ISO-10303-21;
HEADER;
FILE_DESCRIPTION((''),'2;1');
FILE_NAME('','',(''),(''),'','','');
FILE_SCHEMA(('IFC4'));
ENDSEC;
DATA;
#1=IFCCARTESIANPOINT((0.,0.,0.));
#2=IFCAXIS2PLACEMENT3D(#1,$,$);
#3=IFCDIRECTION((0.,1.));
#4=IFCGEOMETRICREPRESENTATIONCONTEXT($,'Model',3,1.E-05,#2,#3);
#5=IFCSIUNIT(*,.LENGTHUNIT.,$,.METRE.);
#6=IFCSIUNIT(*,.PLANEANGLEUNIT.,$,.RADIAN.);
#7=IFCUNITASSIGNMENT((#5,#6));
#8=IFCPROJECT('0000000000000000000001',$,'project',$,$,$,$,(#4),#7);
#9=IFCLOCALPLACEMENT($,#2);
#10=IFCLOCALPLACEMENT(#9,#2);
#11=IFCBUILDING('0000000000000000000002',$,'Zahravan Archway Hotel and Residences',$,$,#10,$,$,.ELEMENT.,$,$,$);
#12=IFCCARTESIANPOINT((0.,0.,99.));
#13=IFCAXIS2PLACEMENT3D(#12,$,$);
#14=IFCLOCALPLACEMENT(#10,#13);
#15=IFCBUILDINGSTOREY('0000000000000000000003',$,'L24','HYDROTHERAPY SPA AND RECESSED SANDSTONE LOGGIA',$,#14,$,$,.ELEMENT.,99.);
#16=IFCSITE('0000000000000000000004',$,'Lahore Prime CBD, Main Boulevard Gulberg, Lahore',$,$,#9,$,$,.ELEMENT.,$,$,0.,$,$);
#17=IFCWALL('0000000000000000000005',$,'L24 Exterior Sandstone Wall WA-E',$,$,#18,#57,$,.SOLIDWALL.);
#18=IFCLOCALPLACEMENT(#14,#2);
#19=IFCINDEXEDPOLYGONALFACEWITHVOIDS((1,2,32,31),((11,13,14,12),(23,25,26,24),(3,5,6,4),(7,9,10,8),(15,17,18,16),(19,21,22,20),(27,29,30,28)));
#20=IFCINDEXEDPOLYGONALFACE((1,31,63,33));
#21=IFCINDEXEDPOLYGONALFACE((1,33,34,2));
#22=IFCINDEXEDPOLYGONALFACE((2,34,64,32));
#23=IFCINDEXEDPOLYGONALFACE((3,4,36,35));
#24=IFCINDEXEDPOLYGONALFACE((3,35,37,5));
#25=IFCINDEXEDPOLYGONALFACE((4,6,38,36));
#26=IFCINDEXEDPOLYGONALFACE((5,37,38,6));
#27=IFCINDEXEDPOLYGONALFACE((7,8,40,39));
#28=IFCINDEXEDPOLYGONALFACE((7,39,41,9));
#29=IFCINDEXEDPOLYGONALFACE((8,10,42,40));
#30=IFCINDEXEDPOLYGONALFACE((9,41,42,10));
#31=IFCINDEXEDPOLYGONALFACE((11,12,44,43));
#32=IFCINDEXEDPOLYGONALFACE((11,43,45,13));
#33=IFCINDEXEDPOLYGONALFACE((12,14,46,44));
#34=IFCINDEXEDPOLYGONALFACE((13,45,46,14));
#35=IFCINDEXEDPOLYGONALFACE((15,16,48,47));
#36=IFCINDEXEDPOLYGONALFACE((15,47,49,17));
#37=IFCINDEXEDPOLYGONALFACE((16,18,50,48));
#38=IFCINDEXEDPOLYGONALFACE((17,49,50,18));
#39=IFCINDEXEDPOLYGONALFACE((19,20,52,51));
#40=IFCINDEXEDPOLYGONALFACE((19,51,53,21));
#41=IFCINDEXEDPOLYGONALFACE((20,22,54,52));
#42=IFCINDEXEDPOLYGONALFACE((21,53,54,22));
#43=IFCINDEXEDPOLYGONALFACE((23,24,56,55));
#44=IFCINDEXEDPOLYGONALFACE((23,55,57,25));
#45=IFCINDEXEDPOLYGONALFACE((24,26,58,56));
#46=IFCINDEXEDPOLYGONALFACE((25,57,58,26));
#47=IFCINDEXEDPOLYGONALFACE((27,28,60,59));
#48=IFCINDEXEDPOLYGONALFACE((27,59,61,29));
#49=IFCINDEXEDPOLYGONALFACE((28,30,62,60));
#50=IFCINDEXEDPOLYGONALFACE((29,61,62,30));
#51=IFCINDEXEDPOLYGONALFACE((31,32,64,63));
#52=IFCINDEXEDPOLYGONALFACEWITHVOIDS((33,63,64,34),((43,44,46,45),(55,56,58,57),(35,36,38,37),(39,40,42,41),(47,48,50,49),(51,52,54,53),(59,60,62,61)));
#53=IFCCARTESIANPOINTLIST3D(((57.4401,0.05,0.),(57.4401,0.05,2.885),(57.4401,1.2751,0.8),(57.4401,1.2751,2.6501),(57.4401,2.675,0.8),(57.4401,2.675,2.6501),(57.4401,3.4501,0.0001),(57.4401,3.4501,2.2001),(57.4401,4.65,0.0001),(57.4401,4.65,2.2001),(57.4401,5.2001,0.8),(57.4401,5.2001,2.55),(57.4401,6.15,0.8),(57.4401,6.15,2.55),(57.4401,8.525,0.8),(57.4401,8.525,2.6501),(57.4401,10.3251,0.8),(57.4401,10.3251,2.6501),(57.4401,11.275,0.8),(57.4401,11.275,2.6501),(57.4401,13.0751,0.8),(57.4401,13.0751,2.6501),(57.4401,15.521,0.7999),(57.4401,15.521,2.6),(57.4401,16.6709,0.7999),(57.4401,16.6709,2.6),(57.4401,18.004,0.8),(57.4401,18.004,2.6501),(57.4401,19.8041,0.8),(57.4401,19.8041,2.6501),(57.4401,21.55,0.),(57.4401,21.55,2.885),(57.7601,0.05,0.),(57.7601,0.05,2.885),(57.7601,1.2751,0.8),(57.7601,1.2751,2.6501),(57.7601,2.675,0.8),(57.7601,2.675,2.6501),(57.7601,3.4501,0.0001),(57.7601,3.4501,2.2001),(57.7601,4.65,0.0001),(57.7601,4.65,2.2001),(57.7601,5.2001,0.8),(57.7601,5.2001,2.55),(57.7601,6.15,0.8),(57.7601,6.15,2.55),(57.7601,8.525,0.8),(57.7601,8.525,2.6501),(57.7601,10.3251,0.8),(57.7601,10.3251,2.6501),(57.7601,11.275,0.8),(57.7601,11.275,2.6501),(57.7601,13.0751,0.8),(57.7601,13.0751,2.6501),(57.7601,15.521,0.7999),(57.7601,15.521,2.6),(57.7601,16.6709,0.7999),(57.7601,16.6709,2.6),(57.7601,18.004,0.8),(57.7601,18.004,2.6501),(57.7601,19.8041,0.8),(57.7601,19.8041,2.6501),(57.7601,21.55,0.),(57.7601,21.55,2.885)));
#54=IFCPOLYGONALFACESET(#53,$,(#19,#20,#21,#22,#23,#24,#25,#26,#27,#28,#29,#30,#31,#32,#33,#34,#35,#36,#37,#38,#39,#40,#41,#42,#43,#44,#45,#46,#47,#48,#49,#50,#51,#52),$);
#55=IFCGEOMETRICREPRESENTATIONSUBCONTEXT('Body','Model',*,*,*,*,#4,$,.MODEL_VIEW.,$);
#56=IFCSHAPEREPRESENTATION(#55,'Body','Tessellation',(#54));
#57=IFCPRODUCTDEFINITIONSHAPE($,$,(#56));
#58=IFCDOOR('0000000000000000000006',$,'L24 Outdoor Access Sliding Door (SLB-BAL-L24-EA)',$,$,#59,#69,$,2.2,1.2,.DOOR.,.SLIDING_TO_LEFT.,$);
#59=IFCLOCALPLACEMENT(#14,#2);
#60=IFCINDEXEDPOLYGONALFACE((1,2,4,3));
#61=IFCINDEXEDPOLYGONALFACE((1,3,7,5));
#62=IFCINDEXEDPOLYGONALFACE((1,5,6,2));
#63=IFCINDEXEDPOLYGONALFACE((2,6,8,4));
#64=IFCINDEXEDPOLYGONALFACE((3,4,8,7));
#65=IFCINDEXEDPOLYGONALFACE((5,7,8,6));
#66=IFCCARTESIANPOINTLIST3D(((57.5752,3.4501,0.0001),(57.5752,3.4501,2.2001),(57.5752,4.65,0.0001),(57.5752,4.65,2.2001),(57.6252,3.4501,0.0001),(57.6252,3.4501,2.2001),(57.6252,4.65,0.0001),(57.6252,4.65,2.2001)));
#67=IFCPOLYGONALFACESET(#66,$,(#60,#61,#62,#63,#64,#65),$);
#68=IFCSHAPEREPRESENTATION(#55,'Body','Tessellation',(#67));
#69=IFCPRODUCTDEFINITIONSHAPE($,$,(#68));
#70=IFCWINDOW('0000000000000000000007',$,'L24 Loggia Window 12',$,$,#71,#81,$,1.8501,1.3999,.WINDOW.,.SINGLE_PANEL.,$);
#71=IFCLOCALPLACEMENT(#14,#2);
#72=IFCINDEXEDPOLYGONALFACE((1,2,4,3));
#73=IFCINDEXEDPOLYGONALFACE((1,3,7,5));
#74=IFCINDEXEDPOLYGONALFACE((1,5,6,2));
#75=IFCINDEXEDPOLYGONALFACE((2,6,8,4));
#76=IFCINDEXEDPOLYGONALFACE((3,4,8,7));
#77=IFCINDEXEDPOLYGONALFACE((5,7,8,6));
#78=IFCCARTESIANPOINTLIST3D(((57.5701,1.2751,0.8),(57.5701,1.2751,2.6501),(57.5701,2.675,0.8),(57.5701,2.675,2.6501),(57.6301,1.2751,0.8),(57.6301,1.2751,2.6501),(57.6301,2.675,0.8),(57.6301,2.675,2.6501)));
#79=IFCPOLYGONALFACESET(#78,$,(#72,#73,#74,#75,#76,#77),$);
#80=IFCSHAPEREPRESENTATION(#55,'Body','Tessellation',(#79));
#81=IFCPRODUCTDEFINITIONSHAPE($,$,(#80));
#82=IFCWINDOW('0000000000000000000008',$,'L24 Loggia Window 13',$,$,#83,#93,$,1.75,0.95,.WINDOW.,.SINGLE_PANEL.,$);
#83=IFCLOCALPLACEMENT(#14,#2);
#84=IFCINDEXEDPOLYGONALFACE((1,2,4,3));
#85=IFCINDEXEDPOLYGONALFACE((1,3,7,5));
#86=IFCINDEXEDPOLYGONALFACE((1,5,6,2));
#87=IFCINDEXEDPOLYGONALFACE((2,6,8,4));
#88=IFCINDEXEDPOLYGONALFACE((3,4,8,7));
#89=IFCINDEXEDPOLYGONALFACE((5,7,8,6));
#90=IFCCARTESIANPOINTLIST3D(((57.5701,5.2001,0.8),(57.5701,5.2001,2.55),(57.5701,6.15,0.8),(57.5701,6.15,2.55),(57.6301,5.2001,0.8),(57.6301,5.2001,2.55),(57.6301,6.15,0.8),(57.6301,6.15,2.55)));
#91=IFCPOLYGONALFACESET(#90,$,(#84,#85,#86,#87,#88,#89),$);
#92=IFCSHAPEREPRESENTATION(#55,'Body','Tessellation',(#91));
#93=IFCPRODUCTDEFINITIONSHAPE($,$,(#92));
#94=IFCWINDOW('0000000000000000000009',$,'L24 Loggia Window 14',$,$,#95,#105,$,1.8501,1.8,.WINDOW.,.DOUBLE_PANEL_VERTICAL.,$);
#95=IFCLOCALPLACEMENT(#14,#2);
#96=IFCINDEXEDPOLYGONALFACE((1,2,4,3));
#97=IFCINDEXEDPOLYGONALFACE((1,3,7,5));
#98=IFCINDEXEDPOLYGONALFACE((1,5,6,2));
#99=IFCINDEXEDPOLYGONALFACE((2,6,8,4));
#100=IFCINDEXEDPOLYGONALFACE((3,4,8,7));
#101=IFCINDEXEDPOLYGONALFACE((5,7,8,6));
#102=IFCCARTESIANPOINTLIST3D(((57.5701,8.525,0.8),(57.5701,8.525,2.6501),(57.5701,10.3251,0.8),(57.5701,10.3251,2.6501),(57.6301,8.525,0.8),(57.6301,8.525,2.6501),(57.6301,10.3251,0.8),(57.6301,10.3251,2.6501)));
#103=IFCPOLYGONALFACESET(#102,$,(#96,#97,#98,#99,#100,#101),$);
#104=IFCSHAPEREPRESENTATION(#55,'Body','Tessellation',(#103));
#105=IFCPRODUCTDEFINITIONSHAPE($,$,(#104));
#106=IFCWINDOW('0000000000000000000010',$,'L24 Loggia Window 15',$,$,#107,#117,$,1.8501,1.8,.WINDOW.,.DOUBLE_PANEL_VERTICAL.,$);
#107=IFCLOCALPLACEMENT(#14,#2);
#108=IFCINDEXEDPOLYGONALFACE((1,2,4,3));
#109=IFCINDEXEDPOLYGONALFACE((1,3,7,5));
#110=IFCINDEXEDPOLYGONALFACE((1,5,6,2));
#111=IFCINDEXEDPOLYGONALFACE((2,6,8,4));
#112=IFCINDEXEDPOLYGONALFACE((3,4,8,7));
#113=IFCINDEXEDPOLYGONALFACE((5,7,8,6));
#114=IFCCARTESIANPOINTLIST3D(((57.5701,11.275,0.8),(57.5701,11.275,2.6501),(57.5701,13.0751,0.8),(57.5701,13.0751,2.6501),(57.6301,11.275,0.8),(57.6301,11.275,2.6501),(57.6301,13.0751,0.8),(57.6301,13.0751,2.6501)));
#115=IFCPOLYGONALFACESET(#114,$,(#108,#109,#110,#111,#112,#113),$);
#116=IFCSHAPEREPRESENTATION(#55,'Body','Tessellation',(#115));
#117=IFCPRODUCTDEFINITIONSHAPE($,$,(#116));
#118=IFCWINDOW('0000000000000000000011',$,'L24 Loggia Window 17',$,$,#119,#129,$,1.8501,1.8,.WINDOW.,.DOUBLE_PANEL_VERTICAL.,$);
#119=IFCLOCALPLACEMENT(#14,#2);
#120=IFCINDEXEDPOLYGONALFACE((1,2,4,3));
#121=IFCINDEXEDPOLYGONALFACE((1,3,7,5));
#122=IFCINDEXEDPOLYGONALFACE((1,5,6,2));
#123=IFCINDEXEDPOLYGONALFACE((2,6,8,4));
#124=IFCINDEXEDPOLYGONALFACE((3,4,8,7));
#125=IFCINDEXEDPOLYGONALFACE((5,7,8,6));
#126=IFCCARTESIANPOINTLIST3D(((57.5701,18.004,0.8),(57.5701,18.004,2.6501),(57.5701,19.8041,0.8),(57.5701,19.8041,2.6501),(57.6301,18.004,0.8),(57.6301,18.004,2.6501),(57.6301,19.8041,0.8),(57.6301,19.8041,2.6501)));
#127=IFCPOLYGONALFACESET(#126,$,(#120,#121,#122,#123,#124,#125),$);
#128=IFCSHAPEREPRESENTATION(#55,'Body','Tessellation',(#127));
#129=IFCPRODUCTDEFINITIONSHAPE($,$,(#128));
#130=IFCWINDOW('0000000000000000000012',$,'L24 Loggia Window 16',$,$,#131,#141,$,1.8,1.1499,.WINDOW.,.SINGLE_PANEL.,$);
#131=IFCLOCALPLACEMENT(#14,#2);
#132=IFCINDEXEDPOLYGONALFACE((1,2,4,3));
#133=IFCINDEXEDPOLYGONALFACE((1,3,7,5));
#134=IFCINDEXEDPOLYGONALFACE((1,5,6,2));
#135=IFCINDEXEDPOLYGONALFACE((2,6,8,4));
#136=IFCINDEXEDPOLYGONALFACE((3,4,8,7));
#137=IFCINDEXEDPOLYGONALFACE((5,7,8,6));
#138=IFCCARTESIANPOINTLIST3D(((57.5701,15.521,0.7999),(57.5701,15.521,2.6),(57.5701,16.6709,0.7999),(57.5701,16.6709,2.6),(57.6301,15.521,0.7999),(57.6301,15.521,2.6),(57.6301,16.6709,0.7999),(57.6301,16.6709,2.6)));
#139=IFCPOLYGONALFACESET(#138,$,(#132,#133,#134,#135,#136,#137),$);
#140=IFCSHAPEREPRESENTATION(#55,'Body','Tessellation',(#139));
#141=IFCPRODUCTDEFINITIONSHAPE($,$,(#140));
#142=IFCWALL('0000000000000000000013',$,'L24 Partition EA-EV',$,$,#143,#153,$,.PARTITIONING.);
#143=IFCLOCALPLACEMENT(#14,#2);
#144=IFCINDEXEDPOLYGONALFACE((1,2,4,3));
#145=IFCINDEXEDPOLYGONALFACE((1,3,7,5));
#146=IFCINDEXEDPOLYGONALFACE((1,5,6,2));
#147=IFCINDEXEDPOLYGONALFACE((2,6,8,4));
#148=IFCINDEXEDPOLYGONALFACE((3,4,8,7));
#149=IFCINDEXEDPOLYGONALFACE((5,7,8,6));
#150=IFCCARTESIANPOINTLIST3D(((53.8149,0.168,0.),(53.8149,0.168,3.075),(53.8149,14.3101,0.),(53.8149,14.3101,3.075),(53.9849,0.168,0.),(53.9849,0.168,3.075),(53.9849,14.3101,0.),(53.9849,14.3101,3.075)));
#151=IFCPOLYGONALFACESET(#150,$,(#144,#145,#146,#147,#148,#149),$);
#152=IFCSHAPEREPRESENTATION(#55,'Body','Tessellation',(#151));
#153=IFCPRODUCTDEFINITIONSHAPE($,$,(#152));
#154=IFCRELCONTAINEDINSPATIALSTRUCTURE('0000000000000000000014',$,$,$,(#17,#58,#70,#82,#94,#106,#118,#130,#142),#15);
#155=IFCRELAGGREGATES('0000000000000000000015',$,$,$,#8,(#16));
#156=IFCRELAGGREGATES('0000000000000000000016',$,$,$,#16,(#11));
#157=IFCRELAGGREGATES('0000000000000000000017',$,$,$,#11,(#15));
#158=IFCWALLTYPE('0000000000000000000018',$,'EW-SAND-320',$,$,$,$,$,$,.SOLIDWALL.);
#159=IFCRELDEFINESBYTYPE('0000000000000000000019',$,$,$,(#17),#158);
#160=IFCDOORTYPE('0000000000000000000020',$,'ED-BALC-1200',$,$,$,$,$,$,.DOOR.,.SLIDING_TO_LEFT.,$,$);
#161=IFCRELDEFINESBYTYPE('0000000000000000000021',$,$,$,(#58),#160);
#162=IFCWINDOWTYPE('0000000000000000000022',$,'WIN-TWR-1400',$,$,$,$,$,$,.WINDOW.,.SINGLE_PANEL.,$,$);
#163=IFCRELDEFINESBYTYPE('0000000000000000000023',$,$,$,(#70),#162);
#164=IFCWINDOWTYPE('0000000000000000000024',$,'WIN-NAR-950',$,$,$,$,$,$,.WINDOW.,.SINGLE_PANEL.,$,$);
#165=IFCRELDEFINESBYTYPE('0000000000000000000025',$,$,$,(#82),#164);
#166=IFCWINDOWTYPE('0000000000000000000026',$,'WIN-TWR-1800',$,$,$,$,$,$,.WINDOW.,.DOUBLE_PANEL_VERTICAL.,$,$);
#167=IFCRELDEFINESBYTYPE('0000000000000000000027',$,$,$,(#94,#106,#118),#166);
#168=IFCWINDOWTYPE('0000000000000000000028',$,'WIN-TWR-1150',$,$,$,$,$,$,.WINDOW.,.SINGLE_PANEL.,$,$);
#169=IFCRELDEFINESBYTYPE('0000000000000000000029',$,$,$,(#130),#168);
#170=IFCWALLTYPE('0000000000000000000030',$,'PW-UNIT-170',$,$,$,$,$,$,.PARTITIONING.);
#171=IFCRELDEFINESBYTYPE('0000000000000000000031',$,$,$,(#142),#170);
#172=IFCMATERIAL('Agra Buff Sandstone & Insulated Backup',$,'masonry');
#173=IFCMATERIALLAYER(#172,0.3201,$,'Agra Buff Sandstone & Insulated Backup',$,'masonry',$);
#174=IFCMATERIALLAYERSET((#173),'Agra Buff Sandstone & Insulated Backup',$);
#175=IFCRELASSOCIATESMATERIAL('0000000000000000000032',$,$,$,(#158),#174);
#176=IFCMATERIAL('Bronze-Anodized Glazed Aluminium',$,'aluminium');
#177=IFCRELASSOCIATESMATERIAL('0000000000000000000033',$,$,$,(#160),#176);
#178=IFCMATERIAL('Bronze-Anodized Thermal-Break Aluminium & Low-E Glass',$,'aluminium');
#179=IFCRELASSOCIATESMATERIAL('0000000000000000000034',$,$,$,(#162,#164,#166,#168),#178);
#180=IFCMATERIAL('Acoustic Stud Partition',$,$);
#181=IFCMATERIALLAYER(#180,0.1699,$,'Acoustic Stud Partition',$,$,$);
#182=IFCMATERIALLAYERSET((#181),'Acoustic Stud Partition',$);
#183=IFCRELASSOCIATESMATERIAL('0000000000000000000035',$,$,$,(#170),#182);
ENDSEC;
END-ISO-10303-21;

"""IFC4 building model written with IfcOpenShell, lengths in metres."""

from ifc_helpers import new_model, si_unit, direction, frame, frame_2d, origin, place, context, subcontext, project, spatial, rectangle, extrude, source, transform, mapped, material, layer, layer_set, type_object, type_shapes, element, fill, save


model = new_model("IFC4")

# Units and contexts
model_context = context("Model", 3, precision=1e-05, world=origin(), true_north=direction((0.0, 1.0)))
body_context = subcontext(model_context, "Body", "Model", "MODEL_VIEW")
ifc_project = project(units=[si_unit("LENGTHUNIT", "METRE"), si_unit("PLANEANGLEUNIT", "RADIAN")], contexts=[model_context])

# Site, building, storey
site_placement = place(None, origin())
site = spatial("IfcSite", under=ifc_project, at=site_placement, Name="Lahore Prime CBD, Main Boulevard Gulberg, Lahore", CompositionType="ELEMENT", RefElevation=0.0)
building_placement = place(site_placement, origin())
building = spatial("IfcBuilding", under=site, at=building_placement, Name="Zahravan Archway Hotel and Residences", CompositionType="ELEMENT")
storey_placement = place(building_placement, frame((0.0, 0.0, 99.0)))
storey = spatial("IfcBuildingStorey", under=building, at=storey_placement, Name="L24", Description="HYDROTHERAPY SPA AND RECESSED SANDSTONE LOGGIA", CompositionType="ELEMENT", Elevation=99.0)

# Wall, openings, door, windows
ifc_material_1 = material(Name="Agra Buff Sandstone & Insulated Backup", Category="masonry")
ifc_layer_1 = layer(ifc_material_1, 0.3201, Name="Agra Buff Sandstone & Insulated Backup", Category="masonry")
ifc_layer_set_1 = layer_set([ifc_layer_1], Name="Agra Buff Sandstone & Insulated Backup")
wall_type_1 = type_object("IfcWallType", Name="EW-SAND-320", PredefinedType="SOLIDWALL", material=ifc_layer_set_1)
wall_1_placement = place(storey_placement, frame((57.6001, 0.05, 0.0), z_axis=(0.0, 0.0, 1.0), x_axis=(0.0, 1.0, 0.0)))
wall_1 = element("IfcWall", 1, at=wall_1_placement, inside=storey, type_object=wall_type_1, Name="L24 Exterior Sandstone Wall WA-E", PredefinedType="SOLIDWALL", context=body_context, shape_type="SweptSolid", body=[
    extrude(rectangle(XDim=21.5, YDim=0.3201, at=frame_2d((10.75, 0.0))), origin(), (0.0, 0.0, 1.0), 2.885),
])
opening_1_placement = place(wall_1_placement, frame((3.3999, 0.0, 0.0)))
opening_1 = element("IfcOpeningElement", 2, at=opening_1_placement, cuts=wall_1, PredefinedType="OPENING", context=body_context, shape_type="SweptSolid", body=[
    extrude(rectangle(XDim=1.2, YDim=2.2, at=frame_2d((0.6001, 1.1001))), frame((0.0, 0.1699, 0.0), z_axis=(0.0, -1.0, 0.0), x_axis=(1.0, 0.0, 0.0)), (0.0, 0.0, 1.0), 0.3401),
])
opening_2_placement = place(wall_1_placement, frame((1.2251, 0.0, 0.8)))
opening_2 = element("IfcOpeningElement", 3, at=opening_2_placement, cuts=wall_1, PredefinedType="OPENING", context=body_context, shape_type="SweptSolid", body=[
    extrude(rectangle(XDim=1.3999, YDim=1.8501, at=frame_2d((0.7, 0.925))), frame((0.0, 0.1699, 0.0), z_axis=(0.0, -1.0, 0.0), x_axis=(1.0, 0.0, 0.0)), (0.0, 0.0, 1.0), 0.3401),
])
opening_3_placement = place(wall_1_placement, frame((5.1499, 0.0, 0.8)))
opening_3 = element("IfcOpeningElement", 4, at=opening_3_placement, cuts=wall_1, PredefinedType="OPENING", context=body_context, shape_type="SweptSolid", body=[
    extrude(rectangle(XDim=0.95, YDim=1.75, at=frame_2d((0.4751, 0.875))), frame((0.0, 0.1699, 0.0), z_axis=(0.0, -1.0, 0.0), x_axis=(1.0, 0.0, 0.0)), (0.0, 0.0, 1.0), 0.3401),
])
opening_4_placement = place(wall_1_placement, frame((8.4751, 0.0, 0.8)))
opening_4 = element("IfcOpeningElement", 5, at=opening_4_placement, cuts=wall_1, PredefinedType="OPENING", context=body_context, shape_type="SweptSolid", body=[
    extrude(rectangle(XDim=1.8, YDim=1.8501, at=frame_2d((0.8999, 0.925))), frame((0.0, 0.1699, 0.0), z_axis=(0.0, -1.0, 0.0), x_axis=(1.0, 0.0, 0.0)), (0.0, 0.0, 1.0), 0.3401),
])
opening_5_placement = place(wall_1_placement, frame((11.2251, 0.0, 0.8)))
opening_5 = element("IfcOpeningElement", 6, at=opening_5_placement, cuts=wall_1, PredefinedType="OPENING", context=body_context, shape_type="SweptSolid", body=[
    extrude(rectangle(XDim=1.8, YDim=1.8501, at=frame_2d((0.8999, 0.925))), frame((0.0, 0.1699, 0.0), z_axis=(0.0, -1.0, 0.0), x_axis=(1.0, 0.0, 0.0)), (0.0, 0.0, 1.0), 0.3401),
])
opening_6_placement = place(wall_1_placement, frame((15.4709, 0.0, 0.8)))
opening_6 = element("IfcOpeningElement", 7, at=opening_6_placement, cuts=wall_1, PredefinedType="OPENING", context=body_context, shape_type="SweptSolid", body=[
    extrude(rectangle(XDim=1.1499, YDim=1.8, at=frame_2d((0.575, 0.8999))), frame((0.0, 0.1699, 0.0), z_axis=(0.0, -1.0, 0.0), x_axis=(1.0, 0.0, 0.0)), (0.0, 0.0, 1.0), 0.3401),
])
opening_7_placement = place(wall_1_placement, frame((17.9541, 0.0, 0.8)))
opening_7 = element("IfcOpeningElement", 8, at=opening_7_placement, cuts=wall_1, PredefinedType="OPENING", context=body_context, shape_type="SweptSolid", body=[
    extrude(rectangle(XDim=1.8, YDim=1.8501, at=frame_2d((0.8999, 0.925))), frame((0.0, 0.1699, 0.0), z_axis=(0.0, -1.0, 0.0), x_axis=(1.0, 0.0, 0.0)), (0.0, 0.0, 1.0), 0.3401),
])
ifc_material_2 = material(Name="Bronze-Anodized Glazed Aluminium", Category="aluminium")
door_type = type_object("IfcDoorType", Name="ED-BALC-1200", OperationType="SLIDING_TO_LEFT", PredefinedType="DOOR", material=ifc_material_2)
shared_shape_1 = source(origin(), body_context, "Body", "SweptSolid", [
    extrude(rectangle(XDim=1.2, YDim=2.2, at=frame_2d((0.6001, 1.1001))), frame((0.0, 0.0249, 0.0), z_axis=(0.0, -1.0, 0.0), x_axis=(1.0, 0.0, 0.0)), (0.0, 0.0, 1.0), 0.05),
])
type_shapes(door_type, [shared_shape_1])
door_placement = place(opening_1_placement, origin())
door = element("IfcDoor", 9, at=door_placement, inside=storey, type_object=door_type, Name="L24 Outdoor Access Sliding Door (SLB-BAL-L24-EA)", OperationType="SLIDING_TO_LEFT", OverallHeight=2.2, OverallWidth=1.2, PredefinedType="DOOR", context=body_context, shape_type="MappedRepresentation", body=[
    mapped(shared_shape_1, transform((0.0, 0.0, 0.0), scale=1.0)),
])
fill(opening_1, door)
ifc_material_3 = material(Name="Bronze-Anodized Thermal-Break Aluminium & Low-E Glass", Category="aluminium")
window_type_1 = type_object("IfcWindowType", Name="WIN-TWR-1400", PartitioningType="SINGLE_PANEL", PredefinedType="WINDOW", material=ifc_material_3)
shared_shape_2 = source(origin(), body_context, "Body", "SweptSolid", [
    extrude(rectangle(XDim=1.3999, YDim=1.8501, at=frame_2d((0.7, 0.925))), frame((0.0, 0.03, 0.0), z_axis=(0.0, -1.0, 0.0), x_axis=(1.0, 0.0, 0.0)), (0.0, 0.0, 1.0), 0.0601),
])
type_shapes(window_type_1, [shared_shape_2])
window_1_placement = place(opening_2_placement, origin())
window_1 = element("IfcWindow", 10, at=window_1_placement, inside=storey, type_object=window_type_1, Name="L24 Loggia Window 12", OverallHeight=1.8501, OverallWidth=1.3999, PartitioningType="SINGLE_PANEL", PredefinedType="WINDOW", context=body_context, shape_type="MappedRepresentation", body=[
    mapped(shared_shape_2, transform((0.0, 0.0, 0.0), scale=1.0)),
])
fill(opening_2, window_1)
window_type_2 = type_object("IfcWindowType", Name="WIN-NAR-950", PartitioningType="SINGLE_PANEL", PredefinedType="WINDOW", material=ifc_material_3)
shared_shape_3 = source(origin(), body_context, "Body", "SweptSolid", [
    extrude(rectangle(XDim=0.95, YDim=1.75, at=frame_2d((0.4751, 0.875))), frame((0.0, 0.03, 0.0), z_axis=(0.0, -1.0, 0.0), x_axis=(1.0, 0.0, 0.0)), (0.0, 0.0, 1.0), 0.0601),
])
type_shapes(window_type_2, [shared_shape_3])
window_2_placement = place(opening_3_placement, origin())
window_2 = element("IfcWindow", 11, at=window_2_placement, inside=storey, type_object=window_type_2, Name="L24 Loggia Window 13", OverallHeight=1.75, OverallWidth=0.95, PartitioningType="SINGLE_PANEL", PredefinedType="WINDOW", context=body_context, shape_type="MappedRepresentation", body=[
    mapped(shared_shape_3, transform((0.0, 0.0, 0.0), scale=1.0)),
])
fill(opening_3, window_2)
window_type_3 = type_object("IfcWindowType", Name="WIN-TWR-1800", PartitioningType="DOUBLE_PANEL_VERTICAL", PredefinedType="WINDOW", material=ifc_material_3)
shared_shape_4 = source(origin(), body_context, "Body", "SweptSolid", [
    extrude(rectangle(XDim=1.8, YDim=1.8501, at=frame_2d((0.8999, 0.925))), frame((0.0, 0.03, 0.0), z_axis=(0.0, -1.0, 0.0), x_axis=(1.0, 0.0, 0.0)), (0.0, 0.0, 1.0), 0.0601),
])
type_shapes(window_type_3, [shared_shape_4])
window_3_placement = place(opening_4_placement, origin())
window_3 = element("IfcWindow", 12, at=window_3_placement, inside=storey, type_object=window_type_3, Name="L24 Loggia Window 14", OverallHeight=1.8501, OverallWidth=1.8, PartitioningType="DOUBLE_PANEL_VERTICAL", PredefinedType="WINDOW", context=body_context, shape_type="MappedRepresentation", body=[
    mapped(shared_shape_4, transform((0.0, 0.0, 0.0), scale=1.0)),
])
fill(opening_4, window_3)
window_4_placement = place(opening_5_placement, origin())
window_4 = element("IfcWindow", 13, at=window_4_placement, inside=storey, type_object=window_type_3, Name="L24 Loggia Window 15", OverallHeight=1.8501, OverallWidth=1.8, PartitioningType="DOUBLE_PANEL_VERTICAL", PredefinedType="WINDOW", context=body_context, shape_type="MappedRepresentation", body=[
    mapped(shared_shape_4, transform((0.0, 0.0, 0.0), scale=1.0)),
])
fill(opening_5, window_4)
window_5_placement = place(opening_7_placement, origin())
window_5 = element("IfcWindow", 14, at=window_5_placement, inside=storey, type_object=window_type_3, Name="L24 Loggia Window 17", OverallHeight=1.8501, OverallWidth=1.8, PartitioningType="DOUBLE_PANEL_VERTICAL", PredefinedType="WINDOW", context=body_context, shape_type="MappedRepresentation", body=[
    mapped(shared_shape_4, transform((0.0, 0.0, 0.0), scale=1.0)),
])
fill(opening_7, window_5)
window_type_4 = type_object("IfcWindowType", Name="WIN-TWR-1150", PartitioningType="SINGLE_PANEL", PredefinedType="WINDOW", material=ifc_material_3)
shared_shape_5 = source(origin(), body_context, "Body", "SweptSolid", [
    extrude(rectangle(XDim=1.1499, YDim=1.8, at=frame_2d((0.575, 0.8999))), frame((0.0, 0.03, 0.0), z_axis=(0.0, -1.0, 0.0), x_axis=(1.0, 0.0, 0.0)), (0.0, 0.0, 1.0), 0.0601),
])
type_shapes(window_type_4, [shared_shape_5])
window_6_placement = place(opening_6_placement, origin())
window_6 = element("IfcWindow", 15, at=window_6_placement, inside=storey, type_object=window_type_4, Name="L24 Loggia Window 16", OverallHeight=1.8, OverallWidth=1.1499, PartitioningType="SINGLE_PANEL", PredefinedType="WINDOW", context=body_context, shape_type="MappedRepresentation", body=[
    mapped(shared_shape_5, transform((0.0, 0.0, 0.0), scale=1.0)),
])
fill(opening_6, window_6)

# Wall
ifc_material_4 = material(Name="Acoustic Stud Partition")
ifc_layer_2 = layer(ifc_material_4, 0.1699, Name="Acoustic Stud Partition")
ifc_layer_set_2 = layer_set([ifc_layer_2], Name="Acoustic Stud Partition")
wall_type_2 = type_object("IfcWallType", Name="PW-UNIT-170", PredefinedType="PARTITIONING", material=ifc_layer_set_2)
wall_2_placement = place(storey_placement, frame((53.8999, 0.168, 0.0), z_axis=(0.0, 0.0, 1.0), x_axis=(0.0, 1.0, 0.0)))
element("IfcWall", 16, at=wall_2_placement, inside=storey, type_object=wall_type_2, Name="L24 Partition EA-EV", PredefinedType="PARTITIONING", context=body_context, shape_type="SweptSolid", body=[
    extrude(rectangle(XDim=14.1421, YDim=0.1699, at=frame_2d((7.071, 0.0))), origin(), (0.0, 0.0, 1.0), 3.075),
])

save(model, "model.ifc")
